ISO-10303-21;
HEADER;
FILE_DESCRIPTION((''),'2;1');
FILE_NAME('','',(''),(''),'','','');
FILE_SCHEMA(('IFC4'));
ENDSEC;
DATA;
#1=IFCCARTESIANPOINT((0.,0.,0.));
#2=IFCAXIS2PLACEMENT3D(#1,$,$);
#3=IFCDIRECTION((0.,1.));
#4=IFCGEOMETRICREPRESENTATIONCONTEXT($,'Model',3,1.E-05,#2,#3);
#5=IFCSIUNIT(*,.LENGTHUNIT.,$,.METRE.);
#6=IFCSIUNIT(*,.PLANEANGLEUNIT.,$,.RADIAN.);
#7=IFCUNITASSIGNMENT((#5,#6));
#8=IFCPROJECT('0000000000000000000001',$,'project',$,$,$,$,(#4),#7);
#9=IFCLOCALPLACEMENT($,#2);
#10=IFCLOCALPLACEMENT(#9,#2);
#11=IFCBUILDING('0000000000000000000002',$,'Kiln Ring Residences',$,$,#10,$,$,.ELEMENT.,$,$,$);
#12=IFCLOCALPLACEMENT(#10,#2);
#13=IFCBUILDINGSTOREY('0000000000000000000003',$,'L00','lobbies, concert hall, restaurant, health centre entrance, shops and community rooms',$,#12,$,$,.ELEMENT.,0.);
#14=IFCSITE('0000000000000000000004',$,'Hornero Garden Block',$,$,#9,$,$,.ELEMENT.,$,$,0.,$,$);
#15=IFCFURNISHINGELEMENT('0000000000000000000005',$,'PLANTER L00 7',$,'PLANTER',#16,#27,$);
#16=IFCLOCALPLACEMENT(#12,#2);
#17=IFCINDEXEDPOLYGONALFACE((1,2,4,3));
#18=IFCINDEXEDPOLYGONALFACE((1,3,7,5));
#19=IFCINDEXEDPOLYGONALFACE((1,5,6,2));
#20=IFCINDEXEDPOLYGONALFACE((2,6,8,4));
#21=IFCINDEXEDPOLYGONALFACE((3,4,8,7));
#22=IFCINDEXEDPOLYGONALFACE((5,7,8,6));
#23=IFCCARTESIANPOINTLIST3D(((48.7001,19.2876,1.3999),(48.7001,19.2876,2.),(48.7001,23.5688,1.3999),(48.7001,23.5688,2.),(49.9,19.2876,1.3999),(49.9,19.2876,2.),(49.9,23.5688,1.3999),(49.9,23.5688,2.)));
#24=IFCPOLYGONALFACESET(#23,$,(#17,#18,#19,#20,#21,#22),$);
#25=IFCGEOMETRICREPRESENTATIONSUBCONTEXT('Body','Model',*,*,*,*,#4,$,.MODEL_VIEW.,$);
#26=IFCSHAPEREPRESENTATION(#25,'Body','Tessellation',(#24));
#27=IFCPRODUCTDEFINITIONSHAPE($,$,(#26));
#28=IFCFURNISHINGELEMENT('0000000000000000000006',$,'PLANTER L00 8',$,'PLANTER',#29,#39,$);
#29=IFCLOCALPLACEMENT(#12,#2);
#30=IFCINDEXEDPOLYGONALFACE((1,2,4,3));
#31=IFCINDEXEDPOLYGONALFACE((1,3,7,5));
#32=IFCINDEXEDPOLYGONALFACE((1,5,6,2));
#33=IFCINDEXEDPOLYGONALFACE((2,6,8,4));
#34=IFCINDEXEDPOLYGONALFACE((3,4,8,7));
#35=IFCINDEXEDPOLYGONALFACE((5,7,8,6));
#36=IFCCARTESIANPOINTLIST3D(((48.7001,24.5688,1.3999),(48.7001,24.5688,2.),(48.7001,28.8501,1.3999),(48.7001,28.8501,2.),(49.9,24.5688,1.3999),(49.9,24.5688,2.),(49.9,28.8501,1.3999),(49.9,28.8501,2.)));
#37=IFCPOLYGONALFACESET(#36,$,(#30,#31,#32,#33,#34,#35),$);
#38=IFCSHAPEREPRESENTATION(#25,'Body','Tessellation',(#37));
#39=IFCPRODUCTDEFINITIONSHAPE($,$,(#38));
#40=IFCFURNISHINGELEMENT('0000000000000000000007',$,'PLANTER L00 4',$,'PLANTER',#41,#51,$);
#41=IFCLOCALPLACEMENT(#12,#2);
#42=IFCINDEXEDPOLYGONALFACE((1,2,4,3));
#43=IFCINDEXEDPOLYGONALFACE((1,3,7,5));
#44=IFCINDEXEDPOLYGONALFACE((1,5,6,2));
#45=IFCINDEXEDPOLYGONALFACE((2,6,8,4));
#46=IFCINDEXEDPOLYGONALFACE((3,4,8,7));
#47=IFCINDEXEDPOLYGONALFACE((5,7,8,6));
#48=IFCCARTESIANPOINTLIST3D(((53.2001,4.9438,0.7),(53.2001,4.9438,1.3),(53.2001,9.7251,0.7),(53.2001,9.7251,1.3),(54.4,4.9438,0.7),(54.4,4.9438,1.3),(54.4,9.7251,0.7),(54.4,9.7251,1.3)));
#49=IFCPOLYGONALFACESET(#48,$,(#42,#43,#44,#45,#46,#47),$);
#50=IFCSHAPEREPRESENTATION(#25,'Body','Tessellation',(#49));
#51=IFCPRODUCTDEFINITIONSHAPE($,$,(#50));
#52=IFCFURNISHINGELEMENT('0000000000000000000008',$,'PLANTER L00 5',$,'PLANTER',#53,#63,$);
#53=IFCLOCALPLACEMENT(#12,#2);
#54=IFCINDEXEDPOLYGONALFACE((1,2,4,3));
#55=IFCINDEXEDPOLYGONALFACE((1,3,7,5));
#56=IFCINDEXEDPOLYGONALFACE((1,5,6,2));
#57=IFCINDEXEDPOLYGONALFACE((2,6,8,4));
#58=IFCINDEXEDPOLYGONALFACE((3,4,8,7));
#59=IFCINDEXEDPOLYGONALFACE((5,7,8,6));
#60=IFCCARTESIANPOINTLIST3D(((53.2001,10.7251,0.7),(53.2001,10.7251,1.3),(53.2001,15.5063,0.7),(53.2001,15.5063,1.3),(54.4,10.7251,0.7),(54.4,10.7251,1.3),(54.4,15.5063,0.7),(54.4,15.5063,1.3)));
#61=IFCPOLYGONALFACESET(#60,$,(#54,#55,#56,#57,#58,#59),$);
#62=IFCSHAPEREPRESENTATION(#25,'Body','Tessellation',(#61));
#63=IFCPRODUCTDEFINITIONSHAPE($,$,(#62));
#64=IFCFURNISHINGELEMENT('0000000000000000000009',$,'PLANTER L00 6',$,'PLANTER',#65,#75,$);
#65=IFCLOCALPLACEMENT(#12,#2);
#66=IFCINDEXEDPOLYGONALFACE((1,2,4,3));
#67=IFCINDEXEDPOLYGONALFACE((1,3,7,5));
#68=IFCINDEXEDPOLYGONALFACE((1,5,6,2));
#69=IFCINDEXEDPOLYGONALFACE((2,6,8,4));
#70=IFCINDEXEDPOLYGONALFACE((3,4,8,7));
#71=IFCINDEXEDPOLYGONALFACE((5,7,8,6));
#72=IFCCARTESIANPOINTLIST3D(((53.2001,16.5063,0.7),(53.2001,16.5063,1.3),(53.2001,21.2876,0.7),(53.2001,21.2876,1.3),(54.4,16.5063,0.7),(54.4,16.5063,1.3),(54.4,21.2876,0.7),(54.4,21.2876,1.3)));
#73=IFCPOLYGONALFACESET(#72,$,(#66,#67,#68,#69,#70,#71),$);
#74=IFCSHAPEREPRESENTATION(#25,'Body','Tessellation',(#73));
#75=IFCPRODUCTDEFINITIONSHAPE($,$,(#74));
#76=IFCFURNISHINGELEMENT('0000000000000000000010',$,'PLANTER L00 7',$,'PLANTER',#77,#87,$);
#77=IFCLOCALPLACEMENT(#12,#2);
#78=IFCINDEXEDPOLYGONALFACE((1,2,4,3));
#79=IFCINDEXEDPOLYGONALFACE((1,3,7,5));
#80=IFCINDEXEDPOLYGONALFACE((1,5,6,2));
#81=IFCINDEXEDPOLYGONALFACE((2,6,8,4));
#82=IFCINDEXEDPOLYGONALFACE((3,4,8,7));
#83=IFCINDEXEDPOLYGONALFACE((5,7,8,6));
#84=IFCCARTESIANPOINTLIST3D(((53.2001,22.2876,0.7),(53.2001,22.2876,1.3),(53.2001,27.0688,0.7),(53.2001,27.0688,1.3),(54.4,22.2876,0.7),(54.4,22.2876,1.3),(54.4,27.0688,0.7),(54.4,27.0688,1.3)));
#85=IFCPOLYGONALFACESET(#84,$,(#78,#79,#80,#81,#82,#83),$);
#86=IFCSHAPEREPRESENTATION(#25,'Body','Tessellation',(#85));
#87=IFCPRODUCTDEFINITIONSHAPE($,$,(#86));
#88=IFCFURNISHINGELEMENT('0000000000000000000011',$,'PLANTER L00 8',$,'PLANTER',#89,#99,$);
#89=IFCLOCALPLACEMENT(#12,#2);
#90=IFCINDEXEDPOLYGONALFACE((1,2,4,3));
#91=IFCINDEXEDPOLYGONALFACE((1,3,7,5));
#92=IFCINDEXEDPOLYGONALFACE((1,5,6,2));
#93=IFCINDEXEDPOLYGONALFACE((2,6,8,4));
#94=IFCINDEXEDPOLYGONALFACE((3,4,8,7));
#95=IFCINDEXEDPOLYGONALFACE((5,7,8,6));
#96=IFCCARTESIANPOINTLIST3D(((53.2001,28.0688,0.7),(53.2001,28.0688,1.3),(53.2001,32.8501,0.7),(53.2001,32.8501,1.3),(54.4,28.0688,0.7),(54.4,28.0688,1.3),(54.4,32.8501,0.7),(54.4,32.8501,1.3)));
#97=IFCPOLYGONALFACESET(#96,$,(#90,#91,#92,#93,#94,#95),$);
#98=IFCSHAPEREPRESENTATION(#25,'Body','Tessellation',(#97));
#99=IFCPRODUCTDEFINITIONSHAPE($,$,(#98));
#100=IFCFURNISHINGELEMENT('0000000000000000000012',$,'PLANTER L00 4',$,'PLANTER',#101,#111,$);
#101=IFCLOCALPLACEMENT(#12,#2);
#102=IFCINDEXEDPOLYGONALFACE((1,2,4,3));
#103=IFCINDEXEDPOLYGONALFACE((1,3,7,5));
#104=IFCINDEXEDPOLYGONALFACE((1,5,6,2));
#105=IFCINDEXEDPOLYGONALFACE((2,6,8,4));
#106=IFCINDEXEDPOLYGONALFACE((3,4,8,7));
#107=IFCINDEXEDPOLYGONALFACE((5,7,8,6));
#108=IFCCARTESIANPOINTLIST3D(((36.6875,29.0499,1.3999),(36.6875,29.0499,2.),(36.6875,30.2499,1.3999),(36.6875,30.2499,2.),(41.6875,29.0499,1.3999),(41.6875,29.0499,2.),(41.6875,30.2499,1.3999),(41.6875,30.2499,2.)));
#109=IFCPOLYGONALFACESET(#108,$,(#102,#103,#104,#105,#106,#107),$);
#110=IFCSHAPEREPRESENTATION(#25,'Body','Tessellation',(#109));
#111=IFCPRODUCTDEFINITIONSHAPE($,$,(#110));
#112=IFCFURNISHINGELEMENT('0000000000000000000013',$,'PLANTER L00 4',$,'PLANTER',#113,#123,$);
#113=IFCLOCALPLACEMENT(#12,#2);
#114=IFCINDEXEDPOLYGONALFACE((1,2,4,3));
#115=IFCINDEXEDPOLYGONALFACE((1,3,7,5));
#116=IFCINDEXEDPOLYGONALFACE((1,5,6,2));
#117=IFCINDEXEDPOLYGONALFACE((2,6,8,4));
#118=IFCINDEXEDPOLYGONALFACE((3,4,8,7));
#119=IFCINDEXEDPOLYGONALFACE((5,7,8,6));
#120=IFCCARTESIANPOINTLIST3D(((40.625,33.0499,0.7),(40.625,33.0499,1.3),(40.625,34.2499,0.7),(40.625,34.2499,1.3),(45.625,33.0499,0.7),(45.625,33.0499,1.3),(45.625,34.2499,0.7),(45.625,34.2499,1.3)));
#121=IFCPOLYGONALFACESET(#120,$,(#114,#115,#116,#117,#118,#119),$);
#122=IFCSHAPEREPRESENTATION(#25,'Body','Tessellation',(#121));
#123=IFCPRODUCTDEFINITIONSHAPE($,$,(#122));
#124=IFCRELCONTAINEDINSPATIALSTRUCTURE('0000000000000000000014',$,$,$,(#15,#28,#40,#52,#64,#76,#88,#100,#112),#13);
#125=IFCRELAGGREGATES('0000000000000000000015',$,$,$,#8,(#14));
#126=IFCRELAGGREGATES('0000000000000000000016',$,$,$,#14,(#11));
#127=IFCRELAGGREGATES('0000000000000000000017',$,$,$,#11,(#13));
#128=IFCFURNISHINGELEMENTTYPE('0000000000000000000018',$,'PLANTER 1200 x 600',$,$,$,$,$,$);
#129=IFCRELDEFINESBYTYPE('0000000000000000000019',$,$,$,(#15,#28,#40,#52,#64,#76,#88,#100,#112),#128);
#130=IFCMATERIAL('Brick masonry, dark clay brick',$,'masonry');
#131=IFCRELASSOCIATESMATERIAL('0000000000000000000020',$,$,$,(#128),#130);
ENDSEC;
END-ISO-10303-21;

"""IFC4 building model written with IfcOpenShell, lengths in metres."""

from ifc_helpers import new_model, si_unit, direction, frame, origin, origin_2d, place, context, subcontext, project, spatial, rectangle, extrude, material, type_object, element, save


model = new_model("IFC4")

# Units and contexts
model_context = context("Model", 3, precision=1e-05, world=origin(), true_north=direction((0.0, 1.0)))
body_context = subcontext(model_context, "Body", "Model", "MODEL_VIEW")
ifc_project = project(units=[si_unit("LENGTHUNIT", "METRE"), si_unit("PLANEANGLEUNIT", "RADIAN")], contexts=[model_context])

# Site, building, storey
site_placement = place(None, origin())
site = spatial("IfcSite", under=ifc_project, at=site_placement, Name="Hornero Garden Block", CompositionType="ELEMENT", RefElevation=0.0)
building_placement = place(site_placement, origin())
building = spatial("IfcBuilding", under=site, at=building_placement, Name="Kiln Ring Residences", CompositionType="ELEMENT")
storey_placement = place(building_placement, origin())
storey = spatial("IfcBuildingStorey", under=building, at=storey_placement, Name="L00", Description="lobbies, concert hall, restaurant, health centre entrance, shops and community rooms", CompositionType="ELEMENT", Elevation=0.0)

# Furnishing elements
ifc_material_1 = material(Name="Brick masonry, dark clay brick", Category="masonry")
furnishing_element_type = type_object("IfcFurnishingElementType", Name="PLANTER 1200 x 600", material=ifc_material_1)
for number, where, z_axis, x_axis, name in (
    (1, (49.3, 21.4282, 1.3999), (0.0, 0.0, 1.0), (1.0, 0.0, 0.0), "PLANTER L00 7"),
    (2, (49.3, 26.7095, 1.3999), (0.0, 0.0, 1.0), (1.0, 0.0, 0.0), "PLANTER L00 8"),
):
    element("IfcFurnishingElement", number, at=place(storey_placement, frame(where, z_axis=z_axis, x_axis=x_axis)), inside=storey, type_object=furnishing_element_type, Name=name, ObjectType="PLANTER", context=body_context, shape_type="SweptSolid", body=[
        extrude(rectangle(XDim=1.2, YDim=4.2812, at=origin_2d()), origin(), (0.0, 0.0, 1.0), 0.6001),
    ])
for number, where, z_axis, x_axis, name in (
    (3, (53.8, 7.3345, 0.7), (0.0, 0.0, 1.0), (1.0, 0.0, 0.0), "PLANTER L00 4"),
    (4, (53.8, 13.1157, 0.7), (0.0, 0.0, 1.0), (1.0, 0.0, 0.0), "PLANTER L00 5"),
    (5, (53.8, 18.897, 0.7), (0.0, 0.0, 1.0), (1.0, 0.0, 0.0), "PLANTER L00 6"),
    (6, (53.8, 24.6782, 0.7), (0.0, 0.0, 1.0), (1.0, 0.0, 0.0), "PLANTER L00 7"),
    (7, (53.8, 30.4595, 0.7), (0.0, 0.0, 1.0), (1.0, 0.0, 0.0), "PLANTER L00 8"),
):
    element("IfcFurnishingElement", number, at=place(storey_placement, frame(where, z_axis=z_axis, x_axis=x_axis)), inside=storey, type_object=furnishing_element_type, Name=name, ObjectType="PLANTER", context=body_context, shape_type="SweptSolid", body=[
        extrude(rectangle(XDim=1.2, YDim=4.7812, at=origin_2d()), origin(), (0.0, 0.0, 1.0), 0.6001),
    ])
for number, where, z_axis, x_axis, name in (
    (8, (39.1875, 29.6499, 1.3999), (0.0, 0.0, 1.0), (1.0, 0.0, 0.0), "PLANTER L00 4"),
    (9, (43.125, 33.6499, 0.7), (0.0, 0.0, 1.0), (1.0, 0.0, 0.0), "PLANTER L00 4"),
):
    element("IfcFurnishingElement", number, at=place(storey_placement, frame(where, z_axis=z_axis, x_axis=x_axis)), inside=storey, type_object=furnishing_element_type, Name=name, ObjectType="PLANTER", context=body_context, shape_type="SweptSolid", body=[
        extrude(rectangle(XDim=5.0, YDim=1.2, at=origin_2d()), origin(), (0.0, 0.0, 1.0), 0.6001),
    ])

save(model, "model.ifc")
